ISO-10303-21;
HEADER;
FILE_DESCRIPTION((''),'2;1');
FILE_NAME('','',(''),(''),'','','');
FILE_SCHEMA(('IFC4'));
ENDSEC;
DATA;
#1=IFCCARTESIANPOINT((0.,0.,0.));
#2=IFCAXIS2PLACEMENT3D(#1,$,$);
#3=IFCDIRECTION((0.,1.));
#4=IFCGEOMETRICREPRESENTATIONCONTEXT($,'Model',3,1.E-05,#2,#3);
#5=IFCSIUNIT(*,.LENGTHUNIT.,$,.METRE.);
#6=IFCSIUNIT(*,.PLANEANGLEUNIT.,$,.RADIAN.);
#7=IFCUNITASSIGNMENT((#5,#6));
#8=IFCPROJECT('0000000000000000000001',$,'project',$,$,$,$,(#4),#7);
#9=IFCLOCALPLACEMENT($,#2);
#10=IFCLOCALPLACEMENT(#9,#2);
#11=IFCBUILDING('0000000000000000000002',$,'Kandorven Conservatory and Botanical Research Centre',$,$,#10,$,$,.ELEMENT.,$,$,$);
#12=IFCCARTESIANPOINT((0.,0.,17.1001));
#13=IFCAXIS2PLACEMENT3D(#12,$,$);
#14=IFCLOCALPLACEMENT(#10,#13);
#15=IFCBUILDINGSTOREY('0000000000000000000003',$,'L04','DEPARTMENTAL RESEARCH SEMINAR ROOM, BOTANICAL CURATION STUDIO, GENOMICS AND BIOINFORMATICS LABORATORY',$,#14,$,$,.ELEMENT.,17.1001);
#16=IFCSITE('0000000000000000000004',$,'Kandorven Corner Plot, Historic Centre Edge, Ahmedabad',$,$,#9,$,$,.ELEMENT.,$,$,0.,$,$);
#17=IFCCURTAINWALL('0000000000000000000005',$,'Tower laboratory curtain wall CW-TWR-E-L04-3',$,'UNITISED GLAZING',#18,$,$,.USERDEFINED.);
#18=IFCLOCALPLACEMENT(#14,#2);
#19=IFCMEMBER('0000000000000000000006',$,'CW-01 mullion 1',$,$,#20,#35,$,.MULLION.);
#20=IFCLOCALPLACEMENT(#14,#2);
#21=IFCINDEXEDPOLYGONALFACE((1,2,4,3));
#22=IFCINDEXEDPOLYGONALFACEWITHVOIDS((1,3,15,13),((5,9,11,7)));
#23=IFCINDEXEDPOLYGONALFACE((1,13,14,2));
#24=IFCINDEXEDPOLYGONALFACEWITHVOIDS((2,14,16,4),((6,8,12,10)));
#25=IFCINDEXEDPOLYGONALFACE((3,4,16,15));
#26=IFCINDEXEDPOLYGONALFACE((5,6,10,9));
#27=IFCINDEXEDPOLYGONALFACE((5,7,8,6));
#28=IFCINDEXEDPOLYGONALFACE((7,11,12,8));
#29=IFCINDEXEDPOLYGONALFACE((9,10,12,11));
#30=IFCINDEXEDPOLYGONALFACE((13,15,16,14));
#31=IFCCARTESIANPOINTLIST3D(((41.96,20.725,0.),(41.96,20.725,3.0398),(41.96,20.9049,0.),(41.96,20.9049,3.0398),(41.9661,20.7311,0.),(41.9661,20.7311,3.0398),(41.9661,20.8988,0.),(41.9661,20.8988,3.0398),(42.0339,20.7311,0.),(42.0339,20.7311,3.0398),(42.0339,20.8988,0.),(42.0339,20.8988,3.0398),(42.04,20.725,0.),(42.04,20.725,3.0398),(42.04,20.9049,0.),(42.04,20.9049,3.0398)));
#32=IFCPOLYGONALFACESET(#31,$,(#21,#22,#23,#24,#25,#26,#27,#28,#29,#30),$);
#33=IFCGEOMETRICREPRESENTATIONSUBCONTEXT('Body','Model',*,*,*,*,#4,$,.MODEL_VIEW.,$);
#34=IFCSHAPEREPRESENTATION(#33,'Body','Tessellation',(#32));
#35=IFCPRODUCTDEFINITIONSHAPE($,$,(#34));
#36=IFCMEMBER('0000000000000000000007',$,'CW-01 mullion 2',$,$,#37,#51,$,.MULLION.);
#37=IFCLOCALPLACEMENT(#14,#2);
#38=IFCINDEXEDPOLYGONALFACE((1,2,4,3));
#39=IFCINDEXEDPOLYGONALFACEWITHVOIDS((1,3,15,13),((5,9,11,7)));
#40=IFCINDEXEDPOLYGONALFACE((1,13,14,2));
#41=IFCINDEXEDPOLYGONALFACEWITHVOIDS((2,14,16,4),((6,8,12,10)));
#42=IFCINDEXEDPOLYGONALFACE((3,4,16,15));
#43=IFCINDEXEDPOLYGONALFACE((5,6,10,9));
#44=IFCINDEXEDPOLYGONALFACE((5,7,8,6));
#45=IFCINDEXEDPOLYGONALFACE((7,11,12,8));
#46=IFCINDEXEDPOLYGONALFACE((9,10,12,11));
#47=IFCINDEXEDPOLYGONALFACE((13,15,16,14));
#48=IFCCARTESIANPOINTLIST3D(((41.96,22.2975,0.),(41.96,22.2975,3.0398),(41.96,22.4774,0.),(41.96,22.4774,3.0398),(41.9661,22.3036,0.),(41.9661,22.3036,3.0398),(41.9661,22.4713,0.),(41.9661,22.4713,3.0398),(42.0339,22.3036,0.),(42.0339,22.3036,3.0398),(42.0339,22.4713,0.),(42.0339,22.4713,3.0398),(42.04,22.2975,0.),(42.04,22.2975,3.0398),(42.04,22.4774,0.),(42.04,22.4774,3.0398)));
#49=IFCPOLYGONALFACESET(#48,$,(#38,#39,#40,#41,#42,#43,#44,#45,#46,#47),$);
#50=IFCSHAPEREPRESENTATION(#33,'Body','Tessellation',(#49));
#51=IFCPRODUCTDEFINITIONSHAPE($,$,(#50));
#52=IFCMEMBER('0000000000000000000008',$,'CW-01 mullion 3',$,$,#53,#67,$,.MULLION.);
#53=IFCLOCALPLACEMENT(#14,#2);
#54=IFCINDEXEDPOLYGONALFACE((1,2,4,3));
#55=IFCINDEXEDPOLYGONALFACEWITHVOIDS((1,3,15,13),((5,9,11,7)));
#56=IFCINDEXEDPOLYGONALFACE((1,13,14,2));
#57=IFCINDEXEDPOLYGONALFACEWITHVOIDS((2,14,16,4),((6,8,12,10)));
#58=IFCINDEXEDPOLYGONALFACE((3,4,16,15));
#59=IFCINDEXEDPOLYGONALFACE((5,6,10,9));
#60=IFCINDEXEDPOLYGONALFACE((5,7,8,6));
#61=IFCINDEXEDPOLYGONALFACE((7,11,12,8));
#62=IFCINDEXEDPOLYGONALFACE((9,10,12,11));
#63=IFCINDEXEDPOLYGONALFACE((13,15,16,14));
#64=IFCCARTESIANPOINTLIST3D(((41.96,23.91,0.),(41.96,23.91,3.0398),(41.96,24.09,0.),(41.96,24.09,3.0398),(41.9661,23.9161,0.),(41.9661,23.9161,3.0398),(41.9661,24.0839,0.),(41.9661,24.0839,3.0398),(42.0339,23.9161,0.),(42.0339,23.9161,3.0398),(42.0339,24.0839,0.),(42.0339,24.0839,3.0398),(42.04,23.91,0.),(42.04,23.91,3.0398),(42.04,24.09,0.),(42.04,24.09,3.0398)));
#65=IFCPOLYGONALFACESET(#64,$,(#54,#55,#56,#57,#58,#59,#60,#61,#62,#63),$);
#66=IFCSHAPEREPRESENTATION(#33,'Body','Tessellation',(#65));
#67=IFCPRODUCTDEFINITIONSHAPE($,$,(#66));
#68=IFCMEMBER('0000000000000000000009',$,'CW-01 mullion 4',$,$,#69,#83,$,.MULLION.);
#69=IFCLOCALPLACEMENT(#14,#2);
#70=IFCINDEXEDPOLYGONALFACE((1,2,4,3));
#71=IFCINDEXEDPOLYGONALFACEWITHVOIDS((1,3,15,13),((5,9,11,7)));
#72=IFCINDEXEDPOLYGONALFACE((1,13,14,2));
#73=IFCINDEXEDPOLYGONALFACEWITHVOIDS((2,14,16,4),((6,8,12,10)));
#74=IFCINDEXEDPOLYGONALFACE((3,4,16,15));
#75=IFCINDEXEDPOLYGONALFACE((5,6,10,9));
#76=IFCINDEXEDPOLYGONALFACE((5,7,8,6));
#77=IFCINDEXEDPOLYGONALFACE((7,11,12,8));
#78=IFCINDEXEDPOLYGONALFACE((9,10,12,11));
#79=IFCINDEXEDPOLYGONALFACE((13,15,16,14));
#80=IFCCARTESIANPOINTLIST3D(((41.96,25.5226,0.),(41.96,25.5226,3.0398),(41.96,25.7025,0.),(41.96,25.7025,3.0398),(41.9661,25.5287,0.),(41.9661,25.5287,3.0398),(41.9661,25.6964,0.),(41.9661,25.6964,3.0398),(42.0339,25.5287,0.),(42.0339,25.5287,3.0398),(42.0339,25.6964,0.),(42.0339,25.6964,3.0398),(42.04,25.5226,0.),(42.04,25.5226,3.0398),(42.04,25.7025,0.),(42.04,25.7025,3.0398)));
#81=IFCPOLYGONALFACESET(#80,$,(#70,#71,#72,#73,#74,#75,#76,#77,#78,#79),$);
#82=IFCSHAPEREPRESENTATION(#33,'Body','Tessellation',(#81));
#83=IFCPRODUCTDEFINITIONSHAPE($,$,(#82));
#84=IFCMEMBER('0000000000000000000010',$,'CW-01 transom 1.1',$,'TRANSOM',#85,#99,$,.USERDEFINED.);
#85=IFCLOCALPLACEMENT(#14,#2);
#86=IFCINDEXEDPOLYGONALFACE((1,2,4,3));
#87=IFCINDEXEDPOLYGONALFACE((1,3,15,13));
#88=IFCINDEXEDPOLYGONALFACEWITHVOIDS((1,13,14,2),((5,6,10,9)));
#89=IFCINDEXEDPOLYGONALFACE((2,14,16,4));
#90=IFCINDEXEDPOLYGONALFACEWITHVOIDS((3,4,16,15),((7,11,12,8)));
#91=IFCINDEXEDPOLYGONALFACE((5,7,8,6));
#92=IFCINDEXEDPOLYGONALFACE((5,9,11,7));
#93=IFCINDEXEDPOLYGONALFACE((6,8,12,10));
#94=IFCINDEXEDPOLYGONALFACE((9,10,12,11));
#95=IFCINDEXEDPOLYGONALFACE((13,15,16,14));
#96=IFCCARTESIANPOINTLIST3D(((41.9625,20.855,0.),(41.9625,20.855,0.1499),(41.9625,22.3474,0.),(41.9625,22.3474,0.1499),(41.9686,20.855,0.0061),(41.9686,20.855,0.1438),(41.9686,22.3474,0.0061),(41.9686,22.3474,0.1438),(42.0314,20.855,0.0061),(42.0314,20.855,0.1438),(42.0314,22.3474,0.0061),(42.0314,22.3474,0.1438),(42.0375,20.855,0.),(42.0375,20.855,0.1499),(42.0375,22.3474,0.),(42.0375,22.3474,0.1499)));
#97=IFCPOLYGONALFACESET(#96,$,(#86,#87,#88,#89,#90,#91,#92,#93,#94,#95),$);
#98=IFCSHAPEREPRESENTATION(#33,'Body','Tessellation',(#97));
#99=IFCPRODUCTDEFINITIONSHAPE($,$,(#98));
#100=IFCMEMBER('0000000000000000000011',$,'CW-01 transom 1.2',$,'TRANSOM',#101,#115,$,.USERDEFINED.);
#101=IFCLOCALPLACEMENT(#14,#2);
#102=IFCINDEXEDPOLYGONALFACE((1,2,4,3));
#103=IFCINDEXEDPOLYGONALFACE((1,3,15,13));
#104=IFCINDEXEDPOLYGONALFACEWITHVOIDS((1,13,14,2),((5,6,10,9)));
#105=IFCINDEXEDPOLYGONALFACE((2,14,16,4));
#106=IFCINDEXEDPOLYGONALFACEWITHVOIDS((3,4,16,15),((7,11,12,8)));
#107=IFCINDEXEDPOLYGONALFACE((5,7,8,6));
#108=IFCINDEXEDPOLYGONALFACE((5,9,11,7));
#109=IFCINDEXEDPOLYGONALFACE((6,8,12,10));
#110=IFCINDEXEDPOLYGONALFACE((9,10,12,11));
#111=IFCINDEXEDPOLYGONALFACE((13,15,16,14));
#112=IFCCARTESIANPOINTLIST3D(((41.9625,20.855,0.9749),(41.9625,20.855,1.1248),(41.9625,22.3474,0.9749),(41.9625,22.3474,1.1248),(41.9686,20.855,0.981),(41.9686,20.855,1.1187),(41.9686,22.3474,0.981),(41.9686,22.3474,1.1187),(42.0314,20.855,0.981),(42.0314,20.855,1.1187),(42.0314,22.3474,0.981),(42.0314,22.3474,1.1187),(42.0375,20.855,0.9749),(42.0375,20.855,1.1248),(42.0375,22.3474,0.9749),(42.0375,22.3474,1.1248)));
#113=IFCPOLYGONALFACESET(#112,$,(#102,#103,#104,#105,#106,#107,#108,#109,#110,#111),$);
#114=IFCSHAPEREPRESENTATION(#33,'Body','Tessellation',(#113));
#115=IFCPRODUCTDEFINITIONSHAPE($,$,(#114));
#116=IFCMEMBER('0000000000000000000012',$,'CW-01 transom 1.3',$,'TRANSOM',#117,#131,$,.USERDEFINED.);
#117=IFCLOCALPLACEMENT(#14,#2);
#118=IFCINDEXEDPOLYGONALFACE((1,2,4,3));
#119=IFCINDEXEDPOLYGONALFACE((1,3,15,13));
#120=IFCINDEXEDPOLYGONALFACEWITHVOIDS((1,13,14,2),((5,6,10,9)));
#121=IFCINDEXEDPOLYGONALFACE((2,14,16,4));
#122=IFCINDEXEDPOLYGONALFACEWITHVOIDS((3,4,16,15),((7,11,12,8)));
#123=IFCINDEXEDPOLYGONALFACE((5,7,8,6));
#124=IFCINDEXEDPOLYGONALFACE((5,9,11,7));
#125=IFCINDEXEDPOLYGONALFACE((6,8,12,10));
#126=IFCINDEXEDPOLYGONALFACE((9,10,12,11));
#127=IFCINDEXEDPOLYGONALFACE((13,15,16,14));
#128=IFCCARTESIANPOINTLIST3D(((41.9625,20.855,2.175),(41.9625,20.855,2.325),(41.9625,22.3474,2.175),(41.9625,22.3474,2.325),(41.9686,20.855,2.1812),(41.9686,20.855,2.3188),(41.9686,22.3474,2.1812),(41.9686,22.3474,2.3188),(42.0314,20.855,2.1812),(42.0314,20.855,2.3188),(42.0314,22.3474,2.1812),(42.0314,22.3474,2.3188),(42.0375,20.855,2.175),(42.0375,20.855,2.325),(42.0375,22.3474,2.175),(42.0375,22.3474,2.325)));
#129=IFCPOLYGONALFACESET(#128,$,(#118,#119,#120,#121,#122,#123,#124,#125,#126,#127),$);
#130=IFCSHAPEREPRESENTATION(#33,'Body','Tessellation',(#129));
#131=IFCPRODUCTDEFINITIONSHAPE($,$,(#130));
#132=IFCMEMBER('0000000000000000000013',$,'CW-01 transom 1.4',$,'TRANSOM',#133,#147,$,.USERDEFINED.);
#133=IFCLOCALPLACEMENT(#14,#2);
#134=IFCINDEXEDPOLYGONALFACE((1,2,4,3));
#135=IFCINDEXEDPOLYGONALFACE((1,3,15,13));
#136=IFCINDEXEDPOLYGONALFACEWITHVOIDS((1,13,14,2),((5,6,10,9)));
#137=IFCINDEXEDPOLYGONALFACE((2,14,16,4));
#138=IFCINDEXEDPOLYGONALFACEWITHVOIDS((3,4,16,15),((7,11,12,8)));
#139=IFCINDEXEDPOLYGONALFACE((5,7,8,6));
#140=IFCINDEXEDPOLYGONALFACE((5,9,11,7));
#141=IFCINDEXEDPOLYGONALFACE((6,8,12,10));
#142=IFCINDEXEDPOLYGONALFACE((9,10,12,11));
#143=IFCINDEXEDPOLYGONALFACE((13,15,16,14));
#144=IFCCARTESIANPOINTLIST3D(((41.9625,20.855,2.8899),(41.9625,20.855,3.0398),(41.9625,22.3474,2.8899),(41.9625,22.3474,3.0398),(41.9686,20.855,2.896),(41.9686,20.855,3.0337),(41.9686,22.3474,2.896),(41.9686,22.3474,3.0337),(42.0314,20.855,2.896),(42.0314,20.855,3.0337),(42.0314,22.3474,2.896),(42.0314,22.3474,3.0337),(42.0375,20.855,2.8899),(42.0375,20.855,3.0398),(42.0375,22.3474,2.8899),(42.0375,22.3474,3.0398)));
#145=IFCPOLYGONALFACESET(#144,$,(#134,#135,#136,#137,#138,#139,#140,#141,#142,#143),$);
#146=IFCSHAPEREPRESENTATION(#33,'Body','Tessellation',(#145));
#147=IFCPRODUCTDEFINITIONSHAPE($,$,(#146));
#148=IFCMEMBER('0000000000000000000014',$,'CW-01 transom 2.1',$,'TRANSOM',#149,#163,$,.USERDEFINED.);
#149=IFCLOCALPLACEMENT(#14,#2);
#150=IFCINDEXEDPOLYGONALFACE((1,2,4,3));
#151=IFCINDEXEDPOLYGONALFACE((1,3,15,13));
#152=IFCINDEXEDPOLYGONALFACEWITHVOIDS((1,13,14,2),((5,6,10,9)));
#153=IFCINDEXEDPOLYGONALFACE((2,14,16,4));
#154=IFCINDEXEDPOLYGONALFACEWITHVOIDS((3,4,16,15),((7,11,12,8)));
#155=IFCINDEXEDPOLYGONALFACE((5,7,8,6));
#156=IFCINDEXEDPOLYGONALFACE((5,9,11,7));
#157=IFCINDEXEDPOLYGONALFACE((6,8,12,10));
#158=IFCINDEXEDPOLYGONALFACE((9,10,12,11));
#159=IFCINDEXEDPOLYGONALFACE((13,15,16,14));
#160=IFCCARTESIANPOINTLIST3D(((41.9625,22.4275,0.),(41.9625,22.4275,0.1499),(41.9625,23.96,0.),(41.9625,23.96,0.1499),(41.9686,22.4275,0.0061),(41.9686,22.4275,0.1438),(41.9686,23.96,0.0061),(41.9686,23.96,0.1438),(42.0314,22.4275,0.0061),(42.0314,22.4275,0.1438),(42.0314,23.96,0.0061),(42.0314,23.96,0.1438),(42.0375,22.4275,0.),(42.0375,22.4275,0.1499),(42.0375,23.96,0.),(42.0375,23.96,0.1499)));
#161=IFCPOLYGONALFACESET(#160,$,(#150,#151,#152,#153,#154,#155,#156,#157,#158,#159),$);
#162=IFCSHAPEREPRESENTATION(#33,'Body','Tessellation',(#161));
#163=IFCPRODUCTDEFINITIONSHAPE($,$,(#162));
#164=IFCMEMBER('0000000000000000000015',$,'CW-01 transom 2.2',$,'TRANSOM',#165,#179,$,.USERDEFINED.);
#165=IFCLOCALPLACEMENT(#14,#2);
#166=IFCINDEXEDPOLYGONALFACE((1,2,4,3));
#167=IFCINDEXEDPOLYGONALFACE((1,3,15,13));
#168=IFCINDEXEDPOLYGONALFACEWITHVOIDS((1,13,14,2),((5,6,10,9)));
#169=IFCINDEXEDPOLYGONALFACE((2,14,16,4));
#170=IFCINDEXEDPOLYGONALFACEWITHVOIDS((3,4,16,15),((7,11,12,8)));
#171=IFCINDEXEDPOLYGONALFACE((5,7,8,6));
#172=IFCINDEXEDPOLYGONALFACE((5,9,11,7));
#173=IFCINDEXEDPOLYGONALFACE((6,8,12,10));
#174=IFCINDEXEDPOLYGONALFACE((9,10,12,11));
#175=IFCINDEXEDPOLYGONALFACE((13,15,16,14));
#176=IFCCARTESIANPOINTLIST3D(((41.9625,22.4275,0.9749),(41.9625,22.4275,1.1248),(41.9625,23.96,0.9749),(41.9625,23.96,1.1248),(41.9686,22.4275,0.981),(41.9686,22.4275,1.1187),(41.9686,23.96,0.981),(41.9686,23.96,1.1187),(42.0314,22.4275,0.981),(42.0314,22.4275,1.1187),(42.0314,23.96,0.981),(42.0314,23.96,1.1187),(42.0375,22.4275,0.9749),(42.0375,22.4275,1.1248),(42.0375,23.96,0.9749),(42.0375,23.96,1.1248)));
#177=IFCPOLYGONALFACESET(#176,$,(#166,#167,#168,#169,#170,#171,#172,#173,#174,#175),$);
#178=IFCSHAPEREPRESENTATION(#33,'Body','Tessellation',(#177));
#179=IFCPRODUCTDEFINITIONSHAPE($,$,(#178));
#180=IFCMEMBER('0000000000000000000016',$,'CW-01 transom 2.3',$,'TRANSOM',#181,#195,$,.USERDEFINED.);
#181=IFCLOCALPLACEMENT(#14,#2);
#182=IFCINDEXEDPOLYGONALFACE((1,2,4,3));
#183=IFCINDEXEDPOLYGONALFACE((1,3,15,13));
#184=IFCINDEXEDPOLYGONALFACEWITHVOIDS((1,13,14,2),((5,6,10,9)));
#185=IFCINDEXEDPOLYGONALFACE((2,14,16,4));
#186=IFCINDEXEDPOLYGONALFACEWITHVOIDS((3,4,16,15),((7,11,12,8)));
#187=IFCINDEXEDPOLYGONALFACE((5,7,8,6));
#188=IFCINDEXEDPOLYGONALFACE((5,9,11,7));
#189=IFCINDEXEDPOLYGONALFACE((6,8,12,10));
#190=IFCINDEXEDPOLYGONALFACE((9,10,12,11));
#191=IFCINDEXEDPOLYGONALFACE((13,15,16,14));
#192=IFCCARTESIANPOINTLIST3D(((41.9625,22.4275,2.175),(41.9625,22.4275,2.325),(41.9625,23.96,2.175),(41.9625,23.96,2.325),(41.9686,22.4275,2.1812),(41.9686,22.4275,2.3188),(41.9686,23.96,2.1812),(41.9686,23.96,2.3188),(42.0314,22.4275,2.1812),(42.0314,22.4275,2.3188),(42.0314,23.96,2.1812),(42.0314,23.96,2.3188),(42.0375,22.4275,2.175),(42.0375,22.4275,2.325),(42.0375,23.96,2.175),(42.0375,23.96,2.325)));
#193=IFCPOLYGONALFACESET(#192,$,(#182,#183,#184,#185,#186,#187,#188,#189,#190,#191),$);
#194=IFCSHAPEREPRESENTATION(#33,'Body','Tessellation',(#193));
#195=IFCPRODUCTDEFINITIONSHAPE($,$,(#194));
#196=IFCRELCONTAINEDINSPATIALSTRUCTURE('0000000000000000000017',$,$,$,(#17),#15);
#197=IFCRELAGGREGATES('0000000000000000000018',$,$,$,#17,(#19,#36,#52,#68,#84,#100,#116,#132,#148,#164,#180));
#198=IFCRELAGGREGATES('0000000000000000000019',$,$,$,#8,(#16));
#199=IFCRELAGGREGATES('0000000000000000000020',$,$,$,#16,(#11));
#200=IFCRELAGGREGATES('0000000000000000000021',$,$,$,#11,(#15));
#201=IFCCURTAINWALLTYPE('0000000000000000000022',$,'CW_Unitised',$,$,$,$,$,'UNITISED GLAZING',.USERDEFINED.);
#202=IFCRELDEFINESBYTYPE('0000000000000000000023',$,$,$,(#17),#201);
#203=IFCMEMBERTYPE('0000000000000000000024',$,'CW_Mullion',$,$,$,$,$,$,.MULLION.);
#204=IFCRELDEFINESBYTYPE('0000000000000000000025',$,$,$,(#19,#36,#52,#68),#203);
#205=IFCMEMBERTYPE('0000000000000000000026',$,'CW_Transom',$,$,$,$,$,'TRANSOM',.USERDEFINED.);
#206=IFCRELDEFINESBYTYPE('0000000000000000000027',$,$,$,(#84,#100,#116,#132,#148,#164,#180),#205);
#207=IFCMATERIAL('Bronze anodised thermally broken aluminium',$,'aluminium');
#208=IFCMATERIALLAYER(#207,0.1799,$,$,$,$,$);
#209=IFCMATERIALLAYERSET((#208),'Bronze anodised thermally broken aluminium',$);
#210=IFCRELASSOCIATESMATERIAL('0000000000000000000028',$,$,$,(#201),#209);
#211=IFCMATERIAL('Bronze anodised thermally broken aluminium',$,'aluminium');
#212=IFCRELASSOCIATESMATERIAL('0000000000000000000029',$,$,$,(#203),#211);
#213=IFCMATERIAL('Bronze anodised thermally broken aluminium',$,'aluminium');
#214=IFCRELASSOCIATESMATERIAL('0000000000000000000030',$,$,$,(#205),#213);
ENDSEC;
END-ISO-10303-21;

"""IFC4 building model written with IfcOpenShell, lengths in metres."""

from ifc_helpers import new_model, si_unit, direction, frame, origin, origin_2d, place, context, subcontext, project, spatial, hollow_rectangle, extrude, material, layer, layer_set, material_profile, profile_set, type_object, element, aggregate, save


model = new_model("IFC4")

# Units and contexts
model_context = context("Model", 3, precision=1e-05, world=origin(), true_north=direction((0.0, 1.0)))
body_context = subcontext(model_context, "Body", "Model", "MODEL_VIEW")
ifc_project = project(units=[si_unit("LENGTHUNIT", "METRE"), si_unit("PLANEANGLEUNIT", "RADIAN")], contexts=[model_context])

# Site, building, storey
site_placement = place(None, origin())
site = spatial("IfcSite", under=ifc_project, at=site_placement, Name="Kandorven Corner Plot, Historic Centre Edge, Ahmedabad", CompositionType="ELEMENT", RefElevation=0.0)
building_placement = place(site_placement, origin())
building = spatial("IfcBuilding", under=site, at=building_placement, Name="Kandorven Conservatory and Botanical Research Centre", CompositionType="ELEMENT")
storey_placement = place(building_placement, frame((0.0, 0.0, 17.1001)))
storey = spatial("IfcBuildingStorey", under=building, at=storey_placement, Name="L04", Description="DEPARTMENTAL RESEARCH SEMINAR ROOM, BOTANICAL CURATION STUDIO, GENOMICS AND BIOINFORMATICS LABORATORY", CompositionType="ELEMENT", Elevation=17.1001)

# Curtain wall, members
ifc_material_1 = material(Name="Bronze anodised thermally broken aluminium", Category="aluminium")
ifc_layer_1 = layer(ifc_material_1, 0.1799)
ifc_layer_set_1 = layer_set([ifc_layer_1], Name="Bronze anodised thermally broken aluminium")
curtain_wall_type = type_object("IfcCurtainWallType", Name="CW_Unitised", ElementType="UNITISED GLAZING", PredefinedType="USERDEFINED", material=ifc_layer_set_1)
curtain_wall_placement = place(storey_placement, origin())
curtain_wall = element("IfcCurtainWall", 1, at=curtain_wall_placement, inside=storey, type_object=curtain_wall_type, Name="Tower laboratory curtain wall CW-TWR-E-L04-3", ObjectType="UNITISED GLAZING", PredefinedType="USERDEFINED")
ifc_material_2 = material(Name="Bronze anodised thermally broken aluminium", Category="aluminium")
ifc_material_profile_1 = material_profile(ifc_material_2, hollow_rectangle(XDim=0.0801, YDim=0.1799, WallThickness=0.0061, at=origin_2d()))
ifc_profile_set_1 = profile_set([ifc_material_profile_1], Name="Bronze anodised thermally broken aluminium")
member_type_1 = type_object("IfcMemberType", Name="CW_Mullion", PredefinedType="MULLION", material=ifc_profile_set_1)
member_1_placement = place(storey_placement, frame((42.0, 20.8149, 0.0), z_axis=(0.0, 0.0, 1.0), x_axis=(-1.0, 0.0, 0.0)))
member_1 = element("IfcMember", 2, at=member_1_placement, type_object=member_type_1, Name="CW-01 mullion 1", PredefinedType="MULLION", context=body_context, shape_type="SweptSolid", body=[
    extrude(hollow_rectangle(XDim=0.0801, YDim=0.1799, WallThickness=0.0061, at=origin_2d()), origin(), (0.0, 0.0, 1.0), 3.0398),
])
member_2_placement = place(storey_placement, frame((42.0, 22.3875, 0.0), z_axis=(0.0, 0.0, 1.0), x_axis=(-1.0, 0.0, 0.0)))
member_2 = element("IfcMember", 3, at=member_2_placement, type_object=member_type_1, Name="CW-01 mullion 2", PredefinedType="MULLION", context=body_context, shape_type="SweptSolid", body=[
    extrude(hollow_rectangle(XDim=0.0801, YDim=0.1799, WallThickness=0.0061, at=origin_2d()), origin(), (0.0, 0.0, 1.0), 3.0398),
])
member_3_placement = place(storey_placement, frame((42.0, 24.0, 0.0), z_axis=(0.0, 0.0, 1.0), x_axis=(-1.0, 0.0, 0.0)))
member_3 = element("IfcMember", 4, at=member_3_placement, type_object=member_type_1, Name="CW-01 mullion 3", PredefinedType="MULLION", context=body_context, shape_type="SweptSolid", body=[
    extrude(hollow_rectangle(XDim=0.0801, YDim=0.1799, WallThickness=0.0061, at=origin_2d()), origin(), (0.0, 0.0, 1.0), 3.0398),
])
member_4_placement = place(storey_placement, frame((42.0, 25.6125, 0.0), z_axis=(0.0, 0.0, 1.0), x_axis=(-1.0, 0.0, 0.0)))
member_4 = element("IfcMember", 5, at=member_4_placement, type_object=member_type_1, Name="CW-01 mullion 4", PredefinedType="MULLION", context=body_context, shape_type="SweptSolid", body=[
    extrude(hollow_rectangle(XDim=0.0801, YDim=0.1799, WallThickness=0.0061, at=origin_2d()), origin(), (0.0, 0.0, 1.0), 3.0398),
])
ifc_material_3 = material(Name="Bronze anodised thermally broken aluminium", Category="aluminium")
ifc_material_profile_2 = material_profile(ifc_material_3, hollow_rectangle(XDim=0.075, YDim=0.1499, WallThickness=0.0061, at=origin_2d()))
ifc_profile_set_2 = profile_set([ifc_material_profile_2], Name="Bronze anodised thermally broken aluminium")
member_type_2 = type_object("IfcMemberType", Name="CW_Transom", ElementType="TRANSOM", PredefinedType="USERDEFINED", material=ifc_profile_set_2)
member_5_placement = place(storey_placement, frame((42.0, 20.855, 0.075), z_axis=(0.0, 1.0, 0.0), x_axis=(-1.0, 0.0, 0.0)))
member_5 = element("IfcMember", 6, at=member_5_placement, type_object=member_type_2, Name="CW-01 transom 1.1", ObjectType="TRANSOM", PredefinedType="USERDEFINED", context=body_context, shape_type="SweptSolid", body=[
    extrude(hollow_rectangle(XDim=0.075, YDim=0.1499, WallThickness=0.0061, at=origin_2d()), origin(), (0.0, 0.0, 1.0), 1.4924),
])
member_6_placement = place(storey_placement, frame((42.0, 20.855, 1.0498), z_axis=(0.0, 1.0, 0.0), x_axis=(-1.0, 0.0, 0.0)))
member_6 = element("IfcMember", 7, at=member_6_placement, type_object=member_type_2, Name="CW-01 transom 1.2", ObjectType="TRANSOM", PredefinedType="USERDEFINED", context=body_context, shape_type="SweptSolid", body=[
    extrude(hollow_rectangle(XDim=0.075, YDim=0.1499, WallThickness=0.0061, at=origin_2d()), origin(), (0.0, 0.0, 1.0), 1.4924),
])
member_7_placement = place(storey_placement, frame((42.0, 20.855, 2.25), z_axis=(0.0, 1.0, 0.0), x_axis=(-1.0, 0.0, 0.0)))
member_7 = element("IfcMember", 8, at=member_7_placement, type_object=member_type_2, Name="CW-01 transom 1.3", ObjectType="TRANSOM", PredefinedType="USERDEFINED", context=body_context, shape_type="SweptSolid", body=[
    extrude(hollow_rectangle(XDim=0.075, YDim=0.1499, WallThickness=0.0061, at=origin_2d()), origin(), (0.0, 0.0, 1.0), 1.4924),
])
member_8_placement = place(storey_placement, frame((42.0, 20.855, 2.9648), z_axis=(0.0, 1.0, 0.0), x_axis=(-1.0, 0.0, 0.0)))
member_8 = element("IfcMember", 9, at=member_8_placement, type_object=member_type_2, Name="CW-01 transom 1.4", ObjectType="TRANSOM", PredefinedType="USERDEFINED", context=body_context, shape_type="SweptSolid", body=[
    extrude(hollow_rectangle(XDim=0.075, YDim=0.1499, WallThickness=0.0061, at=origin_2d()), origin(), (0.0, 0.0, 1.0), 1.4924),
])
member_9_placement = place(storey_placement, frame((42.0, 22.4275, 0.075), z_axis=(0.0, 1.0, 0.0), x_axis=(-1.0, 0.0, 0.0)))
member_9 = element("IfcMember", 10, at=member_9_placement, type_object=member_type_2, Name="CW-01 transom 2.1", ObjectType="TRANSOM", PredefinedType="USERDEFINED", context=body_context, shape_type="SweptSolid", body=[
    extrude(hollow_rectangle(XDim=0.075, YDim=0.1499, WallThickness=0.0061, at=origin_2d()), origin(), (0.0, 0.0, 1.0), 1.5325),
])
member_10_placement = place(storey_placement, frame((42.0, 22.4275, 1.0498), z_axis=(0.0, 1.0, 0.0), x_axis=(-1.0, 0.0, 0.0)))
member_10 = element("IfcMember", 11, at=member_10_placement, type_object=member_type_2, Name="CW-01 transom 2.2", ObjectType="TRANSOM", PredefinedType="USERDEFINED", context=body_context, shape_type="SweptSolid", body=[
    extrude(hollow_rectangle(XDim=0.075, YDim=0.1499, WallThickness=0.0061, at=origin_2d()), origin(), (0.0, 0.0, 1.0), 1.5325),
])
member_11_placement = place(storey_placement, frame((42.0, 22.4275, 2.25), z_axis=(0.0, 1.0, 0.0), x_axis=(-1.0, 0.0, 0.0)))
member_11 = element("IfcMember", 12, at=member_11_placement, type_object=member_type_2, Name="CW-01 transom 2.3", ObjectType="TRANSOM", PredefinedType="USERDEFINED", context=body_context, shape_type="SweptSolid", body=[
    extrude(hollow_rectangle(XDim=0.075, YDim=0.1499, WallThickness=0.0061, at=origin_2d()), origin(), (0.0, 0.0, 1.0), 1.5325),
])

aggregate(curtain_wall, [member_1, member_2, member_3, member_4, member_5, member_6, member_7, member_8, member_9, member_10, member_11])

save(model, "model.ifc")
